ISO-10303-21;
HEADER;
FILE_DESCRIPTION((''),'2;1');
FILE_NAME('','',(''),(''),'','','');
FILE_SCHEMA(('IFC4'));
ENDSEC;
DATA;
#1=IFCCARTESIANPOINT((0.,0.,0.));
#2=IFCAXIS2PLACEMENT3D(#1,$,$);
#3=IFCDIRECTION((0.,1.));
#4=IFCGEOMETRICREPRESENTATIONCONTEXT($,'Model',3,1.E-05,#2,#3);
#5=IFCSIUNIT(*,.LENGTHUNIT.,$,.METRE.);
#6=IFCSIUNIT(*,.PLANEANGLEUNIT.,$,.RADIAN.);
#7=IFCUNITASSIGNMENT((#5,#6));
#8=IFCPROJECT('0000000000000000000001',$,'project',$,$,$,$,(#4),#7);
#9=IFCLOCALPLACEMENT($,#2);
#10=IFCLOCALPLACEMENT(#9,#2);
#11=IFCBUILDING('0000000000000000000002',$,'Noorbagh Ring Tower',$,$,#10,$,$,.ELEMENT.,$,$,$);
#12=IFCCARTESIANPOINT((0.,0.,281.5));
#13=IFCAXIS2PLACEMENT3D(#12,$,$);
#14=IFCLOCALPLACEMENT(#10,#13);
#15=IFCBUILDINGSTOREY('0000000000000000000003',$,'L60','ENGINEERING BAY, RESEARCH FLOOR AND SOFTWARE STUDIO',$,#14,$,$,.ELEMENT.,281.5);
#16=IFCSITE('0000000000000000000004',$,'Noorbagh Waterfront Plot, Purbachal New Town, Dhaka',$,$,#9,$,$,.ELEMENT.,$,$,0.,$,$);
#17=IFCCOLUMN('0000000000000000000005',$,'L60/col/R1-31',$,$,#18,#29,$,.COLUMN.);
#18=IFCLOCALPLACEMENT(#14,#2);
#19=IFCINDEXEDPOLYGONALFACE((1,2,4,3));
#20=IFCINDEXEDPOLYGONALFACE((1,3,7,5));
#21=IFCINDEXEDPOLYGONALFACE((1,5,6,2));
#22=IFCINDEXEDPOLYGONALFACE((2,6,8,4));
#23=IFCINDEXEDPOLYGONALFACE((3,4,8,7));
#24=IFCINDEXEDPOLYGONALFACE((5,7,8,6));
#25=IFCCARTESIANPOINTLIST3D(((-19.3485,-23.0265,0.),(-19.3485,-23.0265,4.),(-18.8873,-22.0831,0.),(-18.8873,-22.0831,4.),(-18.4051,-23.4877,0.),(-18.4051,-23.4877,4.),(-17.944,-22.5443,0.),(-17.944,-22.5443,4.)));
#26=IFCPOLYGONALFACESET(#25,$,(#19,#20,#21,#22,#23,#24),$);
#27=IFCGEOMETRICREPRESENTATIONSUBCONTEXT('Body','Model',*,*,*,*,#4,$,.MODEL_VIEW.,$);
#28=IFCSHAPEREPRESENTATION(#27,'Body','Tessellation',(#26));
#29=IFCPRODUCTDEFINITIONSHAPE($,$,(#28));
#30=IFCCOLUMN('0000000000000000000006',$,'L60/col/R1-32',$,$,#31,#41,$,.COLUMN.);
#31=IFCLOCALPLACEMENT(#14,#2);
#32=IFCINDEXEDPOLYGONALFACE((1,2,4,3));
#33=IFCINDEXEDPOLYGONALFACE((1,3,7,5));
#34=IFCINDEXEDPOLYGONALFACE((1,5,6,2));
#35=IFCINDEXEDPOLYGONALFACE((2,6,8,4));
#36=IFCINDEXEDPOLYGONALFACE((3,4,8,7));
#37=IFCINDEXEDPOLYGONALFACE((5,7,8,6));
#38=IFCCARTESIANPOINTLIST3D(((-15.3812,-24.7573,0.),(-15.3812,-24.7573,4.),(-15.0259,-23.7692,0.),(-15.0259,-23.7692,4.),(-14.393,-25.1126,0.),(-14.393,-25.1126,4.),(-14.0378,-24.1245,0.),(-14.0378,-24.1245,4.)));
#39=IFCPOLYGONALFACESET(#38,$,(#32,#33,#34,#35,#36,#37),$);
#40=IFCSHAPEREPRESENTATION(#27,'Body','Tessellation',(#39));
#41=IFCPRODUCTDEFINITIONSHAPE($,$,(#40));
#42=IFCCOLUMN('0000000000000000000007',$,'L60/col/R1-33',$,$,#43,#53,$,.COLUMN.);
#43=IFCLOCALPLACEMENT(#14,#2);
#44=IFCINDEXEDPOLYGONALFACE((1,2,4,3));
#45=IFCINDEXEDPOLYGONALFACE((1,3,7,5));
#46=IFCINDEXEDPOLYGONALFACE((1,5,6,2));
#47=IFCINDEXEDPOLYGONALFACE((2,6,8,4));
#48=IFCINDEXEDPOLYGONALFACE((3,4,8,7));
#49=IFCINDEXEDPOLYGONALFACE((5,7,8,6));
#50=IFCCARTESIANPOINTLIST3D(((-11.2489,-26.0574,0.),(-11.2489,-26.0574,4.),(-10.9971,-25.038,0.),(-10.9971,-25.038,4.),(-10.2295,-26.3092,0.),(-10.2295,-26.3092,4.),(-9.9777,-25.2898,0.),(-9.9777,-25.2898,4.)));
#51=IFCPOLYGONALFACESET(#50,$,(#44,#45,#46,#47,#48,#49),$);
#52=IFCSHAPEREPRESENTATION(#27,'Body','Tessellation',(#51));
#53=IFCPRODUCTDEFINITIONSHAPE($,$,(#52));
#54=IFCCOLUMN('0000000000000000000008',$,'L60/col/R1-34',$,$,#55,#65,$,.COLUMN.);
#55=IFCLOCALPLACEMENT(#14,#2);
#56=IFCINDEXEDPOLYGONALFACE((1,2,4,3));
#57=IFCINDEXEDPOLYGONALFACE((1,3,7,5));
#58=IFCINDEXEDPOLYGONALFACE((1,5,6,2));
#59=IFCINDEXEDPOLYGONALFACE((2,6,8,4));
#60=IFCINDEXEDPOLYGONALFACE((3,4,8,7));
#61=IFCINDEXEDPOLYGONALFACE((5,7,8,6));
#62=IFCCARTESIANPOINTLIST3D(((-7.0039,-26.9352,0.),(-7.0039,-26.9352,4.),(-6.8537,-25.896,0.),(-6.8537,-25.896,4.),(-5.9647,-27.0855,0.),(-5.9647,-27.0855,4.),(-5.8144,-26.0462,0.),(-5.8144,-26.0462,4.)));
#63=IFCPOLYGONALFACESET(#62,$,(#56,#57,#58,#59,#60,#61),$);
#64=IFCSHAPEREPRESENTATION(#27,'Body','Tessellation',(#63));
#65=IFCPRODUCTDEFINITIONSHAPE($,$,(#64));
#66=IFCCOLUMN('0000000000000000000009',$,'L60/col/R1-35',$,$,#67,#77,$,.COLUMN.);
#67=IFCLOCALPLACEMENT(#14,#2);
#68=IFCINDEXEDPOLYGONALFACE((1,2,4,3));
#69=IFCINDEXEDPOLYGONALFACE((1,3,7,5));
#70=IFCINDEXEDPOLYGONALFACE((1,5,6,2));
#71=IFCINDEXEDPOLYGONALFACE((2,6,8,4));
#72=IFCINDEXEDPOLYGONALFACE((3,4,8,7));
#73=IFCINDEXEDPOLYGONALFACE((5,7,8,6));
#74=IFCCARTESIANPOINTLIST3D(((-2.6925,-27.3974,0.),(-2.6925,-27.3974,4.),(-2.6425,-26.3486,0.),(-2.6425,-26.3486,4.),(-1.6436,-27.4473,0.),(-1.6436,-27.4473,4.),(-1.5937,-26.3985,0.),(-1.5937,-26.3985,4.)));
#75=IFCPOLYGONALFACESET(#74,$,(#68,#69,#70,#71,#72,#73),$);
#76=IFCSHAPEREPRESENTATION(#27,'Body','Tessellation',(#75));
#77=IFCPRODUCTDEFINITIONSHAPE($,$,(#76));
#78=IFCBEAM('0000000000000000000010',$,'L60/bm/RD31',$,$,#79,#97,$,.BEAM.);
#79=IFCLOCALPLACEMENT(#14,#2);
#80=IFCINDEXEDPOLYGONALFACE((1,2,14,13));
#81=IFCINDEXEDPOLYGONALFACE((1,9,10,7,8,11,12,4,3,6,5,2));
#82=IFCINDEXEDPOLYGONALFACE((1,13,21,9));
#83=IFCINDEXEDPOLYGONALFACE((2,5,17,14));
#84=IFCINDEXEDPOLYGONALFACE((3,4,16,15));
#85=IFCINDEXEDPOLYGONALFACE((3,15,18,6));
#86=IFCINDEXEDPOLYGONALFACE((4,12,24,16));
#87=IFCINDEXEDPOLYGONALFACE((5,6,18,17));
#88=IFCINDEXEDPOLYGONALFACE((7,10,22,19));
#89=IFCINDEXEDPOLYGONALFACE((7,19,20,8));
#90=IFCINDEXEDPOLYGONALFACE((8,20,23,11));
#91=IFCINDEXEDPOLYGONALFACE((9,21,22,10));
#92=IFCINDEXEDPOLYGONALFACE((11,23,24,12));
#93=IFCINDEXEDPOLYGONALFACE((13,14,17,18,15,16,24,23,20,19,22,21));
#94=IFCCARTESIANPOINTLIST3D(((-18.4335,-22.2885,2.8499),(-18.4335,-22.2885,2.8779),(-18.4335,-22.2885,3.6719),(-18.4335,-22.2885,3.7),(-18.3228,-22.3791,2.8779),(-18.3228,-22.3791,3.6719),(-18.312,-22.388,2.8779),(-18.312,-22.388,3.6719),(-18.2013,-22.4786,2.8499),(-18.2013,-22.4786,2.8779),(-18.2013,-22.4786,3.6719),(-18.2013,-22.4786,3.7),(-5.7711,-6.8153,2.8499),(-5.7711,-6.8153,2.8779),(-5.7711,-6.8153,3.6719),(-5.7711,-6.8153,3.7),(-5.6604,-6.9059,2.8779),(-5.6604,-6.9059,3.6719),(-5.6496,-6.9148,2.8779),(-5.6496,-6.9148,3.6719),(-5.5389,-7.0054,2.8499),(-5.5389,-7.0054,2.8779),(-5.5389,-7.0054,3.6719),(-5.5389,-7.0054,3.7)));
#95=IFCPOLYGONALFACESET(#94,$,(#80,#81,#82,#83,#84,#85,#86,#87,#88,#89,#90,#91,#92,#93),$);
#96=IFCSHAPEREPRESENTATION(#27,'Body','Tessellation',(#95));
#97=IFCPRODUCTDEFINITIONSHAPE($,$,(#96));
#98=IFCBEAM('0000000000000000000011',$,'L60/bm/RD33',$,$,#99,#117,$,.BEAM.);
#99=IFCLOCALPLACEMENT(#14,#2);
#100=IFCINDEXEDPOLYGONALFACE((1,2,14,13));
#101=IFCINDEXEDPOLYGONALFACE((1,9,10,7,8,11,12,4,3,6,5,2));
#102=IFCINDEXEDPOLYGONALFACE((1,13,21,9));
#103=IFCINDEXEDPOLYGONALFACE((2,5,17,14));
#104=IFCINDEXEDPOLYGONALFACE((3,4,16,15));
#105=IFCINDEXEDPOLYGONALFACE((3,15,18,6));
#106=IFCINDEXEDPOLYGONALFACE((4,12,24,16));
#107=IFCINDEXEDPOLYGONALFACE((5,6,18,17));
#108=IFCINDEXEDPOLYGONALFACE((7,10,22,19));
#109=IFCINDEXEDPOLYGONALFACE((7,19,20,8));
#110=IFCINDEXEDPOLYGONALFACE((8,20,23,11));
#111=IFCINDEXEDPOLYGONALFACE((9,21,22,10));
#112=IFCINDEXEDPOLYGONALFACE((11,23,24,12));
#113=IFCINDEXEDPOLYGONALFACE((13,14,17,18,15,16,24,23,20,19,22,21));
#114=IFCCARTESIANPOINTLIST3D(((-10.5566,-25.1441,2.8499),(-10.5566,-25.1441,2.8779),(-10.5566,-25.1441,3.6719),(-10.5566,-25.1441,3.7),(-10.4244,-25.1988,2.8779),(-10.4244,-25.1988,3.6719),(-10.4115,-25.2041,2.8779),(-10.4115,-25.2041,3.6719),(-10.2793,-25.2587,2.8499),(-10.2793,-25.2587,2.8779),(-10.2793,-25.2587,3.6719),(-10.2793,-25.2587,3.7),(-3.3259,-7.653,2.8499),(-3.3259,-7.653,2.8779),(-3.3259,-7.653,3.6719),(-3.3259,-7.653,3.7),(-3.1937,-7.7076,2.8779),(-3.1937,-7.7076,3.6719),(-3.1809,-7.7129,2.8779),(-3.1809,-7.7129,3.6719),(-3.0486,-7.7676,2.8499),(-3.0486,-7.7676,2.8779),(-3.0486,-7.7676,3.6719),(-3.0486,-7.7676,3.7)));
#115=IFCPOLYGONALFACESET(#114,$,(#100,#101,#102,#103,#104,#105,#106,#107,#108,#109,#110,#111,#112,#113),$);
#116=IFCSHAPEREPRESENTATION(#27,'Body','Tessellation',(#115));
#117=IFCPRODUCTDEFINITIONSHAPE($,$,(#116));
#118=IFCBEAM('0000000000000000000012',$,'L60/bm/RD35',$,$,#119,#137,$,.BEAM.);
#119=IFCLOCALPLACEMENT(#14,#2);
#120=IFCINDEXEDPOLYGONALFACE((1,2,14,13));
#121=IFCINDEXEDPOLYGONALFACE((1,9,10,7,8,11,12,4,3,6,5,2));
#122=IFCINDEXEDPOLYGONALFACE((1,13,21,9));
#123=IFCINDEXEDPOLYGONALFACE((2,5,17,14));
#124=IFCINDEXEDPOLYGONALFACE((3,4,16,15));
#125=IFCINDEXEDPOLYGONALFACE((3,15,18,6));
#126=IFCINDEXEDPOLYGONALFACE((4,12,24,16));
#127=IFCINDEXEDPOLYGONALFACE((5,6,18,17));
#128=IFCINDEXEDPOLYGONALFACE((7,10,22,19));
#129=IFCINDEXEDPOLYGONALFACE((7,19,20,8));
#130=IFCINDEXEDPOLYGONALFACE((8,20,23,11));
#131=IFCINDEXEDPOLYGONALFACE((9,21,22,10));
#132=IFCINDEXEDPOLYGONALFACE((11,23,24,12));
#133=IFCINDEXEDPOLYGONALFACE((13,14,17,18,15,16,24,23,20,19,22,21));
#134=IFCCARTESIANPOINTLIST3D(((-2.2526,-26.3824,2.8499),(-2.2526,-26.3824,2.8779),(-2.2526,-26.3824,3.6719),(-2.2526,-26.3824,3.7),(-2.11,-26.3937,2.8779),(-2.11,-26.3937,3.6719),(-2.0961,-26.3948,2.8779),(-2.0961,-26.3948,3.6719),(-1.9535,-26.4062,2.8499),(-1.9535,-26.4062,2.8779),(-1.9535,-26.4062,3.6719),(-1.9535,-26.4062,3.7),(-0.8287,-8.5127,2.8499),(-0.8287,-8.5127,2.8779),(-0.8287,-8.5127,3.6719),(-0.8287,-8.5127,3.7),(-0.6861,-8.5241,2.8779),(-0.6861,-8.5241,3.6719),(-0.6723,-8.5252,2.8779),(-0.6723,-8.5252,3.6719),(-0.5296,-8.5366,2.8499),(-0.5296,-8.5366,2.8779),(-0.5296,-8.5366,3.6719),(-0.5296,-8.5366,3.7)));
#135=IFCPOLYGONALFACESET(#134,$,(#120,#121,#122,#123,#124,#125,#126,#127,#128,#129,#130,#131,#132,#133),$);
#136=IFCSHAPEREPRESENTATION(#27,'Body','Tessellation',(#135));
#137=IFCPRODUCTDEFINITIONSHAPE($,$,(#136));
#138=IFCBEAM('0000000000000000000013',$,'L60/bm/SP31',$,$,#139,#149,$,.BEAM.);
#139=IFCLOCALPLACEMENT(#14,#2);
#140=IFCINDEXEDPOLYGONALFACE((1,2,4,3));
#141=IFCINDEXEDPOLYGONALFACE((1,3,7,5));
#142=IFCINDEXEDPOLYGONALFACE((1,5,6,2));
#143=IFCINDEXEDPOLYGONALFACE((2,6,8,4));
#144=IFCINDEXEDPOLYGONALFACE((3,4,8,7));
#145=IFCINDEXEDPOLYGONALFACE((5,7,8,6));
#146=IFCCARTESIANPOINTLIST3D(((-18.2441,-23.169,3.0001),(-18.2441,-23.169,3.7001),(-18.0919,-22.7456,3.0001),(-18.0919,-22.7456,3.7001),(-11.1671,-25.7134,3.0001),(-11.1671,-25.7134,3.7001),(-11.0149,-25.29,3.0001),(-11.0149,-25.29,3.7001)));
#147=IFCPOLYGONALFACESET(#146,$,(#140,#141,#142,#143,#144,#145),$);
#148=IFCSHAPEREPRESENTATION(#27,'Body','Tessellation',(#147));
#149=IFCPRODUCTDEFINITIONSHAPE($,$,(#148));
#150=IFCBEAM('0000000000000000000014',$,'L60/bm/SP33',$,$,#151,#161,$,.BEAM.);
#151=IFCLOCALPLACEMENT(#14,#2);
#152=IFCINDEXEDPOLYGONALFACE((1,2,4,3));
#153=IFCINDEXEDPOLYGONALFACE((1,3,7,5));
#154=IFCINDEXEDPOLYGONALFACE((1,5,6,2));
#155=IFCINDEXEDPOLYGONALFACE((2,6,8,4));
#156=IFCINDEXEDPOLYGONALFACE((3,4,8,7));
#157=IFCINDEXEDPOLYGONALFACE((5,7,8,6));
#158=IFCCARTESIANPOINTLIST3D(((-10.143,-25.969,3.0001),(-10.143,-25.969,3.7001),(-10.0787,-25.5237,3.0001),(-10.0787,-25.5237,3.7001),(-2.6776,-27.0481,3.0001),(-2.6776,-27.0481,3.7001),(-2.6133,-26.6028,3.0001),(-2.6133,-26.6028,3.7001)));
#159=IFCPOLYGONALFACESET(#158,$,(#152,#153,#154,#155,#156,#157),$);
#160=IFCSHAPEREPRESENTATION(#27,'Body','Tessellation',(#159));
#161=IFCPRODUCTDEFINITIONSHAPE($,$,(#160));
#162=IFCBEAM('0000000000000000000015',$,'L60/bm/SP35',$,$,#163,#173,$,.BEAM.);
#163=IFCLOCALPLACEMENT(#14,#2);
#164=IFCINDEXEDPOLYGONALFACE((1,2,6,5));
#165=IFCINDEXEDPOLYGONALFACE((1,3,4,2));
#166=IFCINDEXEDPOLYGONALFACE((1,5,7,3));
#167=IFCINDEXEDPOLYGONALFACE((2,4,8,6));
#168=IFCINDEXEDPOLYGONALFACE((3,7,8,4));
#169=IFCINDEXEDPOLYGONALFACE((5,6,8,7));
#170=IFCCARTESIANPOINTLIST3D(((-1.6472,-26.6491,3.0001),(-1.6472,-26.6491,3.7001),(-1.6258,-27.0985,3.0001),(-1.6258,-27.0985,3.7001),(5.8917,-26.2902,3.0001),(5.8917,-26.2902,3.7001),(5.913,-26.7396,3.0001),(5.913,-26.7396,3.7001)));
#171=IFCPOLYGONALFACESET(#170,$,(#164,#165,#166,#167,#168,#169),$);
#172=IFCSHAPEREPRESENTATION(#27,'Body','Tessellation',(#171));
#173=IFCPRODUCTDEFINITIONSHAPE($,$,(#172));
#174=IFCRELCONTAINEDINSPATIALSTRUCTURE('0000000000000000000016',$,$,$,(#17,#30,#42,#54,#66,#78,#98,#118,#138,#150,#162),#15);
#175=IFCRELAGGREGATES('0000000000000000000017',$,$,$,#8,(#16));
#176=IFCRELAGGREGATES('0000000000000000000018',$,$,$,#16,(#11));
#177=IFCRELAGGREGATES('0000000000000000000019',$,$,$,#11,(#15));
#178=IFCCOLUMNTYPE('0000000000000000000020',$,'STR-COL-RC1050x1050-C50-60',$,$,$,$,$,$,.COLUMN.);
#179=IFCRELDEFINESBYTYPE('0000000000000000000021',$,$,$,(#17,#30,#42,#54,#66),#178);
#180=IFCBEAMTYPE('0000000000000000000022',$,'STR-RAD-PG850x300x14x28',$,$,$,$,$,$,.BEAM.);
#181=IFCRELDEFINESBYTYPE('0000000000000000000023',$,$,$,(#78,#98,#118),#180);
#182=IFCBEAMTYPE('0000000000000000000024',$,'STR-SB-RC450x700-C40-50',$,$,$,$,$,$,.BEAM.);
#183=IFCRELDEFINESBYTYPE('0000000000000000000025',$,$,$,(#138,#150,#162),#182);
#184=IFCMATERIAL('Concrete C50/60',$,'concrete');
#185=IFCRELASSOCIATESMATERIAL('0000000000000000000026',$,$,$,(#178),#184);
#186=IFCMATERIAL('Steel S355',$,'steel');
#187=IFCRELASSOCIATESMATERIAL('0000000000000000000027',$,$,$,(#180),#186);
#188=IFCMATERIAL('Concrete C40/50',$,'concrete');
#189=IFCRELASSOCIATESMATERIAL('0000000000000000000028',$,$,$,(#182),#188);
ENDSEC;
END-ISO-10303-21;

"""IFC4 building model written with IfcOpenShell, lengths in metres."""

from ifc_helpers import new_model, si_unit, direction, frame, origin, origin_2d, place, context, subcontext, project, spatial, rectangle, i_section, extrude, material, material_profile, profile_set, type_object, element, save


model = new_model("IFC4")

# Units and contexts
model_context = context("Model", 3, precision=1e-05, world=origin(), true_north=direction((0.0, 1.0)))
body_context = subcontext(model_context, "Body", "Model", "MODEL_VIEW")
ifc_project = project(units=[si_unit("LENGTHUNIT", "METRE"), si_unit("PLANEANGLEUNIT", "RADIAN")], contexts=[model_context])

# Site, building, storey
site_placement = place(None, origin())
site = spatial("IfcSite", under=ifc_project, at=site_placement, Name="Noorbagh Waterfront Plot, Purbachal New Town, Dhaka", CompositionType="ELEMENT", RefElevation=0.0)
building_placement = place(site_placement, origin())
building = spatial("IfcBuilding", under=site, at=building_placement, Name="Noorbagh Ring Tower", CompositionType="ELEMENT")
storey_placement = place(building_placement, frame((0.0, 0.0, 281.5)))
storey = spatial("IfcBuildingStorey", under=building, at=storey_placement, Name="L60", Description="ENGINEERING BAY, RESEARCH FLOOR AND SOFTWARE STUDIO", CompositionType="ELEMENT", Elevation=281.5)

# Columns
ifc_material_1 = material(Name="Concrete C50/60", Category="concrete")
ifc_material_profile_1 = material_profile(ifc_material_1, rectangle(XDim=1.05, YDim=1.05, at=origin_2d()), Name="RC1050x1050")
ifc_profile_set_1 = profile_set([ifc_material_profile_1], Name="Concrete C50/60")
column_type = type_object("IfcColumnType", Name="STR-COL-RC1050x1050-C50-60", PredefinedType="COLUMN", material=ifc_profile_set_1)
for number, where, z_axis, x_axis, name in (
    (1, (-18.6462, -22.7854, 0.0), (0.0, 0.0, 1.0), (0.898399, -0.43918, 0.0), "L60/col/R1-31"),
    (2, (-14.7095, -24.4409, 0.0), (0.0, 0.0, 1.0), (0.941025, -0.338338, 0.0), "L60/col/R1-32"),
    (3, (-10.6133, -25.6736, 0.0), (0.0, 0.0, 1.0), (0.970829, -0.239771, 0.0), "L60/col/R1-33"),
    (4, (-6.4092, -26.4907, 0.0), (0.0, 0.0, 1.0), (0.989713, -0.143066, 0.0), "L60/col/R1-34"),
    (5, (-2.1431, -26.8979, 0.0), (0.0, 0.0, 1.0), (0.998869, -0.047553, 0.0), "L60/col/R1-35"),
):
    element("IfcColumn", number, at=place(storey_placement, frame(where, z_axis=z_axis, x_axis=x_axis)), inside=storey, type_object=column_type, Name=name, PredefinedType="COLUMN", context=body_context, shape_type="SweptSolid", body=[
        extrude(rectangle(XDim=1.05, YDim=1.05, at=origin_2d()), origin(), (0.0, 0.0, 1.0), 4.0),
    ])

# Beams
ifc_material_2 = material(Name="Steel S355", Category="steel")
ifc_material_profile_2 = material_profile(ifc_material_2, i_section(OverallWidth=0.3, OverallDepth=0.8501, WebThickness=0.0139, FlangeThickness=0.0281, at=origin_2d()), Name="PG850x300x14x28")
ifc_profile_set_2 = profile_set([ifc_material_profile_2], Name="Steel S355")
beam_type_1 = type_object("IfcBeamType", Name="STR-RAD-PG850x300x14x28", PredefinedType="BEAM", material=ifc_profile_set_2)
beam_1_placement = place(storey_placement, frame((-18.3174, -22.3835, 3.2749), z_axis=(0.633313, 0.773896, 0.0), x_axis=(-0.773896, 0.633313, 0.0)))
element("IfcBeam", 6, at=beam_1_placement, inside=storey, type_object=beam_type_1, Name="L60/bm/RD31", PredefinedType="BEAM", context=body_context, shape_type="SweptSolid", body=[
    extrude(i_section(OverallWidth=0.3, OverallDepth=0.8501, WebThickness=0.0139, FlangeThickness=0.0281, at=origin_2d()), origin(), (0.0, 0.0, 1.0), 19.9939),
])
beam_2_placement = place(storey_placement, frame((-10.418, -25.2014, 3.2749), z_axis=(0.382035, 0.924148, 0.0), x_axis=(-0.924148, 0.382035, 0.0)))
element("IfcBeam", 7, at=beam_2_placement, inside=storey, type_object=beam_type_1, Name="L60/bm/RD33", PredefinedType="BEAM", context=body_context, shape_type="SweptSolid", body=[
    extrude(i_section(OverallWidth=0.3, OverallDepth=0.8501, WebThickness=0.0139, FlangeThickness=0.0281, at=origin_2d()), origin(), (0.0, 0.0, 1.0), 18.9268),
])
beam_3_placement = place(storey_placement, frame((-2.103, -26.3943, 3.2749), z_axis=(0.079427, 0.996841, 0.0), x_axis=(-0.996841, 0.079427, 0.0)))
element("IfcBeam", 8, at=beam_3_placement, inside=storey, type_object=beam_type_1, Name="L60/bm/RD35", PredefinedType="BEAM", context=body_context, shape_type="SweptSolid", body=[
    extrude(i_section(OverallWidth=0.3, OverallDepth=0.8501, WebThickness=0.0139, FlangeThickness=0.0281, at=origin_2d()), origin(), (0.0, 0.0, 1.0), 17.9263),
])
ifc_material_3 = material(Name="Concrete C40/50", Category="concrete")
ifc_material_profile_3 = material_profile(ifc_material_3, rectangle(XDim=0.45, YDim=0.7, at=origin_2d()), Name="RC450x700")
ifc_profile_set_3 = profile_set([ifc_material_profile_3], Name="Concrete C40/50")
beam_type_2 = type_object("IfcBeamType", Name="STR-SB-RC450x700-C40-50", PredefinedType="BEAM", material=ifc_profile_set_3)
beam_4_placement = place(storey_placement, frame((-18.168, -22.9573, 3.3501), z_axis=(0.941025, -0.338337, 0.0), x_axis=(0.338337, 0.941025, 0.0)))
element("IfcBeam", 9, at=beam_4_placement, inside=storey, type_object=beam_type_2, Name="L60/bm/SP31", PredefinedType="BEAM", context=body_context, shape_type="SweptSolid", body=[
    extrude(rectangle(XDim=0.45, YDim=0.7, at=origin_2d()), origin(), (0.0, 0.0, 1.0), 7.5205),
])
beam_5_placement = place(storey_placement, frame((-10.1108, -25.7463, 3.3501), z_axis=(0.989714, -0.143062, 0.0), x_axis=(0.143062, 0.989714, 0.0)))
element("IfcBeam", 10, at=beam_5_placement, inside=storey, type_object=beam_type_2, Name="L60/bm/SP33", PredefinedType="BEAM", context=body_context, shape_type="SweptSolid", body=[
    extrude(rectangle(XDim=0.45, YDim=0.7, at=origin_2d()), origin(), (0.0, 0.0, 1.0), 7.543),
])
beam_6_placement = place(storey_placement, frame((-1.6365, -26.8738, 3.3501), z_axis=(0.998869, 0.047551, 0.0), x_axis=(-0.047551, 0.998869, 0.0)))
element("IfcBeam", 11, at=beam_6_placement, inside=storey, type_object=beam_type_2, Name="L60/bm/SP35", PredefinedType="BEAM", context=body_context, shape_type="SweptSolid", body=[
    extrude(rectangle(XDim=0.45, YDim=0.7, at=origin_2d()), origin(), (0.0, 0.0, 1.0), 7.5474),
])

save(model, "model.ifc")
